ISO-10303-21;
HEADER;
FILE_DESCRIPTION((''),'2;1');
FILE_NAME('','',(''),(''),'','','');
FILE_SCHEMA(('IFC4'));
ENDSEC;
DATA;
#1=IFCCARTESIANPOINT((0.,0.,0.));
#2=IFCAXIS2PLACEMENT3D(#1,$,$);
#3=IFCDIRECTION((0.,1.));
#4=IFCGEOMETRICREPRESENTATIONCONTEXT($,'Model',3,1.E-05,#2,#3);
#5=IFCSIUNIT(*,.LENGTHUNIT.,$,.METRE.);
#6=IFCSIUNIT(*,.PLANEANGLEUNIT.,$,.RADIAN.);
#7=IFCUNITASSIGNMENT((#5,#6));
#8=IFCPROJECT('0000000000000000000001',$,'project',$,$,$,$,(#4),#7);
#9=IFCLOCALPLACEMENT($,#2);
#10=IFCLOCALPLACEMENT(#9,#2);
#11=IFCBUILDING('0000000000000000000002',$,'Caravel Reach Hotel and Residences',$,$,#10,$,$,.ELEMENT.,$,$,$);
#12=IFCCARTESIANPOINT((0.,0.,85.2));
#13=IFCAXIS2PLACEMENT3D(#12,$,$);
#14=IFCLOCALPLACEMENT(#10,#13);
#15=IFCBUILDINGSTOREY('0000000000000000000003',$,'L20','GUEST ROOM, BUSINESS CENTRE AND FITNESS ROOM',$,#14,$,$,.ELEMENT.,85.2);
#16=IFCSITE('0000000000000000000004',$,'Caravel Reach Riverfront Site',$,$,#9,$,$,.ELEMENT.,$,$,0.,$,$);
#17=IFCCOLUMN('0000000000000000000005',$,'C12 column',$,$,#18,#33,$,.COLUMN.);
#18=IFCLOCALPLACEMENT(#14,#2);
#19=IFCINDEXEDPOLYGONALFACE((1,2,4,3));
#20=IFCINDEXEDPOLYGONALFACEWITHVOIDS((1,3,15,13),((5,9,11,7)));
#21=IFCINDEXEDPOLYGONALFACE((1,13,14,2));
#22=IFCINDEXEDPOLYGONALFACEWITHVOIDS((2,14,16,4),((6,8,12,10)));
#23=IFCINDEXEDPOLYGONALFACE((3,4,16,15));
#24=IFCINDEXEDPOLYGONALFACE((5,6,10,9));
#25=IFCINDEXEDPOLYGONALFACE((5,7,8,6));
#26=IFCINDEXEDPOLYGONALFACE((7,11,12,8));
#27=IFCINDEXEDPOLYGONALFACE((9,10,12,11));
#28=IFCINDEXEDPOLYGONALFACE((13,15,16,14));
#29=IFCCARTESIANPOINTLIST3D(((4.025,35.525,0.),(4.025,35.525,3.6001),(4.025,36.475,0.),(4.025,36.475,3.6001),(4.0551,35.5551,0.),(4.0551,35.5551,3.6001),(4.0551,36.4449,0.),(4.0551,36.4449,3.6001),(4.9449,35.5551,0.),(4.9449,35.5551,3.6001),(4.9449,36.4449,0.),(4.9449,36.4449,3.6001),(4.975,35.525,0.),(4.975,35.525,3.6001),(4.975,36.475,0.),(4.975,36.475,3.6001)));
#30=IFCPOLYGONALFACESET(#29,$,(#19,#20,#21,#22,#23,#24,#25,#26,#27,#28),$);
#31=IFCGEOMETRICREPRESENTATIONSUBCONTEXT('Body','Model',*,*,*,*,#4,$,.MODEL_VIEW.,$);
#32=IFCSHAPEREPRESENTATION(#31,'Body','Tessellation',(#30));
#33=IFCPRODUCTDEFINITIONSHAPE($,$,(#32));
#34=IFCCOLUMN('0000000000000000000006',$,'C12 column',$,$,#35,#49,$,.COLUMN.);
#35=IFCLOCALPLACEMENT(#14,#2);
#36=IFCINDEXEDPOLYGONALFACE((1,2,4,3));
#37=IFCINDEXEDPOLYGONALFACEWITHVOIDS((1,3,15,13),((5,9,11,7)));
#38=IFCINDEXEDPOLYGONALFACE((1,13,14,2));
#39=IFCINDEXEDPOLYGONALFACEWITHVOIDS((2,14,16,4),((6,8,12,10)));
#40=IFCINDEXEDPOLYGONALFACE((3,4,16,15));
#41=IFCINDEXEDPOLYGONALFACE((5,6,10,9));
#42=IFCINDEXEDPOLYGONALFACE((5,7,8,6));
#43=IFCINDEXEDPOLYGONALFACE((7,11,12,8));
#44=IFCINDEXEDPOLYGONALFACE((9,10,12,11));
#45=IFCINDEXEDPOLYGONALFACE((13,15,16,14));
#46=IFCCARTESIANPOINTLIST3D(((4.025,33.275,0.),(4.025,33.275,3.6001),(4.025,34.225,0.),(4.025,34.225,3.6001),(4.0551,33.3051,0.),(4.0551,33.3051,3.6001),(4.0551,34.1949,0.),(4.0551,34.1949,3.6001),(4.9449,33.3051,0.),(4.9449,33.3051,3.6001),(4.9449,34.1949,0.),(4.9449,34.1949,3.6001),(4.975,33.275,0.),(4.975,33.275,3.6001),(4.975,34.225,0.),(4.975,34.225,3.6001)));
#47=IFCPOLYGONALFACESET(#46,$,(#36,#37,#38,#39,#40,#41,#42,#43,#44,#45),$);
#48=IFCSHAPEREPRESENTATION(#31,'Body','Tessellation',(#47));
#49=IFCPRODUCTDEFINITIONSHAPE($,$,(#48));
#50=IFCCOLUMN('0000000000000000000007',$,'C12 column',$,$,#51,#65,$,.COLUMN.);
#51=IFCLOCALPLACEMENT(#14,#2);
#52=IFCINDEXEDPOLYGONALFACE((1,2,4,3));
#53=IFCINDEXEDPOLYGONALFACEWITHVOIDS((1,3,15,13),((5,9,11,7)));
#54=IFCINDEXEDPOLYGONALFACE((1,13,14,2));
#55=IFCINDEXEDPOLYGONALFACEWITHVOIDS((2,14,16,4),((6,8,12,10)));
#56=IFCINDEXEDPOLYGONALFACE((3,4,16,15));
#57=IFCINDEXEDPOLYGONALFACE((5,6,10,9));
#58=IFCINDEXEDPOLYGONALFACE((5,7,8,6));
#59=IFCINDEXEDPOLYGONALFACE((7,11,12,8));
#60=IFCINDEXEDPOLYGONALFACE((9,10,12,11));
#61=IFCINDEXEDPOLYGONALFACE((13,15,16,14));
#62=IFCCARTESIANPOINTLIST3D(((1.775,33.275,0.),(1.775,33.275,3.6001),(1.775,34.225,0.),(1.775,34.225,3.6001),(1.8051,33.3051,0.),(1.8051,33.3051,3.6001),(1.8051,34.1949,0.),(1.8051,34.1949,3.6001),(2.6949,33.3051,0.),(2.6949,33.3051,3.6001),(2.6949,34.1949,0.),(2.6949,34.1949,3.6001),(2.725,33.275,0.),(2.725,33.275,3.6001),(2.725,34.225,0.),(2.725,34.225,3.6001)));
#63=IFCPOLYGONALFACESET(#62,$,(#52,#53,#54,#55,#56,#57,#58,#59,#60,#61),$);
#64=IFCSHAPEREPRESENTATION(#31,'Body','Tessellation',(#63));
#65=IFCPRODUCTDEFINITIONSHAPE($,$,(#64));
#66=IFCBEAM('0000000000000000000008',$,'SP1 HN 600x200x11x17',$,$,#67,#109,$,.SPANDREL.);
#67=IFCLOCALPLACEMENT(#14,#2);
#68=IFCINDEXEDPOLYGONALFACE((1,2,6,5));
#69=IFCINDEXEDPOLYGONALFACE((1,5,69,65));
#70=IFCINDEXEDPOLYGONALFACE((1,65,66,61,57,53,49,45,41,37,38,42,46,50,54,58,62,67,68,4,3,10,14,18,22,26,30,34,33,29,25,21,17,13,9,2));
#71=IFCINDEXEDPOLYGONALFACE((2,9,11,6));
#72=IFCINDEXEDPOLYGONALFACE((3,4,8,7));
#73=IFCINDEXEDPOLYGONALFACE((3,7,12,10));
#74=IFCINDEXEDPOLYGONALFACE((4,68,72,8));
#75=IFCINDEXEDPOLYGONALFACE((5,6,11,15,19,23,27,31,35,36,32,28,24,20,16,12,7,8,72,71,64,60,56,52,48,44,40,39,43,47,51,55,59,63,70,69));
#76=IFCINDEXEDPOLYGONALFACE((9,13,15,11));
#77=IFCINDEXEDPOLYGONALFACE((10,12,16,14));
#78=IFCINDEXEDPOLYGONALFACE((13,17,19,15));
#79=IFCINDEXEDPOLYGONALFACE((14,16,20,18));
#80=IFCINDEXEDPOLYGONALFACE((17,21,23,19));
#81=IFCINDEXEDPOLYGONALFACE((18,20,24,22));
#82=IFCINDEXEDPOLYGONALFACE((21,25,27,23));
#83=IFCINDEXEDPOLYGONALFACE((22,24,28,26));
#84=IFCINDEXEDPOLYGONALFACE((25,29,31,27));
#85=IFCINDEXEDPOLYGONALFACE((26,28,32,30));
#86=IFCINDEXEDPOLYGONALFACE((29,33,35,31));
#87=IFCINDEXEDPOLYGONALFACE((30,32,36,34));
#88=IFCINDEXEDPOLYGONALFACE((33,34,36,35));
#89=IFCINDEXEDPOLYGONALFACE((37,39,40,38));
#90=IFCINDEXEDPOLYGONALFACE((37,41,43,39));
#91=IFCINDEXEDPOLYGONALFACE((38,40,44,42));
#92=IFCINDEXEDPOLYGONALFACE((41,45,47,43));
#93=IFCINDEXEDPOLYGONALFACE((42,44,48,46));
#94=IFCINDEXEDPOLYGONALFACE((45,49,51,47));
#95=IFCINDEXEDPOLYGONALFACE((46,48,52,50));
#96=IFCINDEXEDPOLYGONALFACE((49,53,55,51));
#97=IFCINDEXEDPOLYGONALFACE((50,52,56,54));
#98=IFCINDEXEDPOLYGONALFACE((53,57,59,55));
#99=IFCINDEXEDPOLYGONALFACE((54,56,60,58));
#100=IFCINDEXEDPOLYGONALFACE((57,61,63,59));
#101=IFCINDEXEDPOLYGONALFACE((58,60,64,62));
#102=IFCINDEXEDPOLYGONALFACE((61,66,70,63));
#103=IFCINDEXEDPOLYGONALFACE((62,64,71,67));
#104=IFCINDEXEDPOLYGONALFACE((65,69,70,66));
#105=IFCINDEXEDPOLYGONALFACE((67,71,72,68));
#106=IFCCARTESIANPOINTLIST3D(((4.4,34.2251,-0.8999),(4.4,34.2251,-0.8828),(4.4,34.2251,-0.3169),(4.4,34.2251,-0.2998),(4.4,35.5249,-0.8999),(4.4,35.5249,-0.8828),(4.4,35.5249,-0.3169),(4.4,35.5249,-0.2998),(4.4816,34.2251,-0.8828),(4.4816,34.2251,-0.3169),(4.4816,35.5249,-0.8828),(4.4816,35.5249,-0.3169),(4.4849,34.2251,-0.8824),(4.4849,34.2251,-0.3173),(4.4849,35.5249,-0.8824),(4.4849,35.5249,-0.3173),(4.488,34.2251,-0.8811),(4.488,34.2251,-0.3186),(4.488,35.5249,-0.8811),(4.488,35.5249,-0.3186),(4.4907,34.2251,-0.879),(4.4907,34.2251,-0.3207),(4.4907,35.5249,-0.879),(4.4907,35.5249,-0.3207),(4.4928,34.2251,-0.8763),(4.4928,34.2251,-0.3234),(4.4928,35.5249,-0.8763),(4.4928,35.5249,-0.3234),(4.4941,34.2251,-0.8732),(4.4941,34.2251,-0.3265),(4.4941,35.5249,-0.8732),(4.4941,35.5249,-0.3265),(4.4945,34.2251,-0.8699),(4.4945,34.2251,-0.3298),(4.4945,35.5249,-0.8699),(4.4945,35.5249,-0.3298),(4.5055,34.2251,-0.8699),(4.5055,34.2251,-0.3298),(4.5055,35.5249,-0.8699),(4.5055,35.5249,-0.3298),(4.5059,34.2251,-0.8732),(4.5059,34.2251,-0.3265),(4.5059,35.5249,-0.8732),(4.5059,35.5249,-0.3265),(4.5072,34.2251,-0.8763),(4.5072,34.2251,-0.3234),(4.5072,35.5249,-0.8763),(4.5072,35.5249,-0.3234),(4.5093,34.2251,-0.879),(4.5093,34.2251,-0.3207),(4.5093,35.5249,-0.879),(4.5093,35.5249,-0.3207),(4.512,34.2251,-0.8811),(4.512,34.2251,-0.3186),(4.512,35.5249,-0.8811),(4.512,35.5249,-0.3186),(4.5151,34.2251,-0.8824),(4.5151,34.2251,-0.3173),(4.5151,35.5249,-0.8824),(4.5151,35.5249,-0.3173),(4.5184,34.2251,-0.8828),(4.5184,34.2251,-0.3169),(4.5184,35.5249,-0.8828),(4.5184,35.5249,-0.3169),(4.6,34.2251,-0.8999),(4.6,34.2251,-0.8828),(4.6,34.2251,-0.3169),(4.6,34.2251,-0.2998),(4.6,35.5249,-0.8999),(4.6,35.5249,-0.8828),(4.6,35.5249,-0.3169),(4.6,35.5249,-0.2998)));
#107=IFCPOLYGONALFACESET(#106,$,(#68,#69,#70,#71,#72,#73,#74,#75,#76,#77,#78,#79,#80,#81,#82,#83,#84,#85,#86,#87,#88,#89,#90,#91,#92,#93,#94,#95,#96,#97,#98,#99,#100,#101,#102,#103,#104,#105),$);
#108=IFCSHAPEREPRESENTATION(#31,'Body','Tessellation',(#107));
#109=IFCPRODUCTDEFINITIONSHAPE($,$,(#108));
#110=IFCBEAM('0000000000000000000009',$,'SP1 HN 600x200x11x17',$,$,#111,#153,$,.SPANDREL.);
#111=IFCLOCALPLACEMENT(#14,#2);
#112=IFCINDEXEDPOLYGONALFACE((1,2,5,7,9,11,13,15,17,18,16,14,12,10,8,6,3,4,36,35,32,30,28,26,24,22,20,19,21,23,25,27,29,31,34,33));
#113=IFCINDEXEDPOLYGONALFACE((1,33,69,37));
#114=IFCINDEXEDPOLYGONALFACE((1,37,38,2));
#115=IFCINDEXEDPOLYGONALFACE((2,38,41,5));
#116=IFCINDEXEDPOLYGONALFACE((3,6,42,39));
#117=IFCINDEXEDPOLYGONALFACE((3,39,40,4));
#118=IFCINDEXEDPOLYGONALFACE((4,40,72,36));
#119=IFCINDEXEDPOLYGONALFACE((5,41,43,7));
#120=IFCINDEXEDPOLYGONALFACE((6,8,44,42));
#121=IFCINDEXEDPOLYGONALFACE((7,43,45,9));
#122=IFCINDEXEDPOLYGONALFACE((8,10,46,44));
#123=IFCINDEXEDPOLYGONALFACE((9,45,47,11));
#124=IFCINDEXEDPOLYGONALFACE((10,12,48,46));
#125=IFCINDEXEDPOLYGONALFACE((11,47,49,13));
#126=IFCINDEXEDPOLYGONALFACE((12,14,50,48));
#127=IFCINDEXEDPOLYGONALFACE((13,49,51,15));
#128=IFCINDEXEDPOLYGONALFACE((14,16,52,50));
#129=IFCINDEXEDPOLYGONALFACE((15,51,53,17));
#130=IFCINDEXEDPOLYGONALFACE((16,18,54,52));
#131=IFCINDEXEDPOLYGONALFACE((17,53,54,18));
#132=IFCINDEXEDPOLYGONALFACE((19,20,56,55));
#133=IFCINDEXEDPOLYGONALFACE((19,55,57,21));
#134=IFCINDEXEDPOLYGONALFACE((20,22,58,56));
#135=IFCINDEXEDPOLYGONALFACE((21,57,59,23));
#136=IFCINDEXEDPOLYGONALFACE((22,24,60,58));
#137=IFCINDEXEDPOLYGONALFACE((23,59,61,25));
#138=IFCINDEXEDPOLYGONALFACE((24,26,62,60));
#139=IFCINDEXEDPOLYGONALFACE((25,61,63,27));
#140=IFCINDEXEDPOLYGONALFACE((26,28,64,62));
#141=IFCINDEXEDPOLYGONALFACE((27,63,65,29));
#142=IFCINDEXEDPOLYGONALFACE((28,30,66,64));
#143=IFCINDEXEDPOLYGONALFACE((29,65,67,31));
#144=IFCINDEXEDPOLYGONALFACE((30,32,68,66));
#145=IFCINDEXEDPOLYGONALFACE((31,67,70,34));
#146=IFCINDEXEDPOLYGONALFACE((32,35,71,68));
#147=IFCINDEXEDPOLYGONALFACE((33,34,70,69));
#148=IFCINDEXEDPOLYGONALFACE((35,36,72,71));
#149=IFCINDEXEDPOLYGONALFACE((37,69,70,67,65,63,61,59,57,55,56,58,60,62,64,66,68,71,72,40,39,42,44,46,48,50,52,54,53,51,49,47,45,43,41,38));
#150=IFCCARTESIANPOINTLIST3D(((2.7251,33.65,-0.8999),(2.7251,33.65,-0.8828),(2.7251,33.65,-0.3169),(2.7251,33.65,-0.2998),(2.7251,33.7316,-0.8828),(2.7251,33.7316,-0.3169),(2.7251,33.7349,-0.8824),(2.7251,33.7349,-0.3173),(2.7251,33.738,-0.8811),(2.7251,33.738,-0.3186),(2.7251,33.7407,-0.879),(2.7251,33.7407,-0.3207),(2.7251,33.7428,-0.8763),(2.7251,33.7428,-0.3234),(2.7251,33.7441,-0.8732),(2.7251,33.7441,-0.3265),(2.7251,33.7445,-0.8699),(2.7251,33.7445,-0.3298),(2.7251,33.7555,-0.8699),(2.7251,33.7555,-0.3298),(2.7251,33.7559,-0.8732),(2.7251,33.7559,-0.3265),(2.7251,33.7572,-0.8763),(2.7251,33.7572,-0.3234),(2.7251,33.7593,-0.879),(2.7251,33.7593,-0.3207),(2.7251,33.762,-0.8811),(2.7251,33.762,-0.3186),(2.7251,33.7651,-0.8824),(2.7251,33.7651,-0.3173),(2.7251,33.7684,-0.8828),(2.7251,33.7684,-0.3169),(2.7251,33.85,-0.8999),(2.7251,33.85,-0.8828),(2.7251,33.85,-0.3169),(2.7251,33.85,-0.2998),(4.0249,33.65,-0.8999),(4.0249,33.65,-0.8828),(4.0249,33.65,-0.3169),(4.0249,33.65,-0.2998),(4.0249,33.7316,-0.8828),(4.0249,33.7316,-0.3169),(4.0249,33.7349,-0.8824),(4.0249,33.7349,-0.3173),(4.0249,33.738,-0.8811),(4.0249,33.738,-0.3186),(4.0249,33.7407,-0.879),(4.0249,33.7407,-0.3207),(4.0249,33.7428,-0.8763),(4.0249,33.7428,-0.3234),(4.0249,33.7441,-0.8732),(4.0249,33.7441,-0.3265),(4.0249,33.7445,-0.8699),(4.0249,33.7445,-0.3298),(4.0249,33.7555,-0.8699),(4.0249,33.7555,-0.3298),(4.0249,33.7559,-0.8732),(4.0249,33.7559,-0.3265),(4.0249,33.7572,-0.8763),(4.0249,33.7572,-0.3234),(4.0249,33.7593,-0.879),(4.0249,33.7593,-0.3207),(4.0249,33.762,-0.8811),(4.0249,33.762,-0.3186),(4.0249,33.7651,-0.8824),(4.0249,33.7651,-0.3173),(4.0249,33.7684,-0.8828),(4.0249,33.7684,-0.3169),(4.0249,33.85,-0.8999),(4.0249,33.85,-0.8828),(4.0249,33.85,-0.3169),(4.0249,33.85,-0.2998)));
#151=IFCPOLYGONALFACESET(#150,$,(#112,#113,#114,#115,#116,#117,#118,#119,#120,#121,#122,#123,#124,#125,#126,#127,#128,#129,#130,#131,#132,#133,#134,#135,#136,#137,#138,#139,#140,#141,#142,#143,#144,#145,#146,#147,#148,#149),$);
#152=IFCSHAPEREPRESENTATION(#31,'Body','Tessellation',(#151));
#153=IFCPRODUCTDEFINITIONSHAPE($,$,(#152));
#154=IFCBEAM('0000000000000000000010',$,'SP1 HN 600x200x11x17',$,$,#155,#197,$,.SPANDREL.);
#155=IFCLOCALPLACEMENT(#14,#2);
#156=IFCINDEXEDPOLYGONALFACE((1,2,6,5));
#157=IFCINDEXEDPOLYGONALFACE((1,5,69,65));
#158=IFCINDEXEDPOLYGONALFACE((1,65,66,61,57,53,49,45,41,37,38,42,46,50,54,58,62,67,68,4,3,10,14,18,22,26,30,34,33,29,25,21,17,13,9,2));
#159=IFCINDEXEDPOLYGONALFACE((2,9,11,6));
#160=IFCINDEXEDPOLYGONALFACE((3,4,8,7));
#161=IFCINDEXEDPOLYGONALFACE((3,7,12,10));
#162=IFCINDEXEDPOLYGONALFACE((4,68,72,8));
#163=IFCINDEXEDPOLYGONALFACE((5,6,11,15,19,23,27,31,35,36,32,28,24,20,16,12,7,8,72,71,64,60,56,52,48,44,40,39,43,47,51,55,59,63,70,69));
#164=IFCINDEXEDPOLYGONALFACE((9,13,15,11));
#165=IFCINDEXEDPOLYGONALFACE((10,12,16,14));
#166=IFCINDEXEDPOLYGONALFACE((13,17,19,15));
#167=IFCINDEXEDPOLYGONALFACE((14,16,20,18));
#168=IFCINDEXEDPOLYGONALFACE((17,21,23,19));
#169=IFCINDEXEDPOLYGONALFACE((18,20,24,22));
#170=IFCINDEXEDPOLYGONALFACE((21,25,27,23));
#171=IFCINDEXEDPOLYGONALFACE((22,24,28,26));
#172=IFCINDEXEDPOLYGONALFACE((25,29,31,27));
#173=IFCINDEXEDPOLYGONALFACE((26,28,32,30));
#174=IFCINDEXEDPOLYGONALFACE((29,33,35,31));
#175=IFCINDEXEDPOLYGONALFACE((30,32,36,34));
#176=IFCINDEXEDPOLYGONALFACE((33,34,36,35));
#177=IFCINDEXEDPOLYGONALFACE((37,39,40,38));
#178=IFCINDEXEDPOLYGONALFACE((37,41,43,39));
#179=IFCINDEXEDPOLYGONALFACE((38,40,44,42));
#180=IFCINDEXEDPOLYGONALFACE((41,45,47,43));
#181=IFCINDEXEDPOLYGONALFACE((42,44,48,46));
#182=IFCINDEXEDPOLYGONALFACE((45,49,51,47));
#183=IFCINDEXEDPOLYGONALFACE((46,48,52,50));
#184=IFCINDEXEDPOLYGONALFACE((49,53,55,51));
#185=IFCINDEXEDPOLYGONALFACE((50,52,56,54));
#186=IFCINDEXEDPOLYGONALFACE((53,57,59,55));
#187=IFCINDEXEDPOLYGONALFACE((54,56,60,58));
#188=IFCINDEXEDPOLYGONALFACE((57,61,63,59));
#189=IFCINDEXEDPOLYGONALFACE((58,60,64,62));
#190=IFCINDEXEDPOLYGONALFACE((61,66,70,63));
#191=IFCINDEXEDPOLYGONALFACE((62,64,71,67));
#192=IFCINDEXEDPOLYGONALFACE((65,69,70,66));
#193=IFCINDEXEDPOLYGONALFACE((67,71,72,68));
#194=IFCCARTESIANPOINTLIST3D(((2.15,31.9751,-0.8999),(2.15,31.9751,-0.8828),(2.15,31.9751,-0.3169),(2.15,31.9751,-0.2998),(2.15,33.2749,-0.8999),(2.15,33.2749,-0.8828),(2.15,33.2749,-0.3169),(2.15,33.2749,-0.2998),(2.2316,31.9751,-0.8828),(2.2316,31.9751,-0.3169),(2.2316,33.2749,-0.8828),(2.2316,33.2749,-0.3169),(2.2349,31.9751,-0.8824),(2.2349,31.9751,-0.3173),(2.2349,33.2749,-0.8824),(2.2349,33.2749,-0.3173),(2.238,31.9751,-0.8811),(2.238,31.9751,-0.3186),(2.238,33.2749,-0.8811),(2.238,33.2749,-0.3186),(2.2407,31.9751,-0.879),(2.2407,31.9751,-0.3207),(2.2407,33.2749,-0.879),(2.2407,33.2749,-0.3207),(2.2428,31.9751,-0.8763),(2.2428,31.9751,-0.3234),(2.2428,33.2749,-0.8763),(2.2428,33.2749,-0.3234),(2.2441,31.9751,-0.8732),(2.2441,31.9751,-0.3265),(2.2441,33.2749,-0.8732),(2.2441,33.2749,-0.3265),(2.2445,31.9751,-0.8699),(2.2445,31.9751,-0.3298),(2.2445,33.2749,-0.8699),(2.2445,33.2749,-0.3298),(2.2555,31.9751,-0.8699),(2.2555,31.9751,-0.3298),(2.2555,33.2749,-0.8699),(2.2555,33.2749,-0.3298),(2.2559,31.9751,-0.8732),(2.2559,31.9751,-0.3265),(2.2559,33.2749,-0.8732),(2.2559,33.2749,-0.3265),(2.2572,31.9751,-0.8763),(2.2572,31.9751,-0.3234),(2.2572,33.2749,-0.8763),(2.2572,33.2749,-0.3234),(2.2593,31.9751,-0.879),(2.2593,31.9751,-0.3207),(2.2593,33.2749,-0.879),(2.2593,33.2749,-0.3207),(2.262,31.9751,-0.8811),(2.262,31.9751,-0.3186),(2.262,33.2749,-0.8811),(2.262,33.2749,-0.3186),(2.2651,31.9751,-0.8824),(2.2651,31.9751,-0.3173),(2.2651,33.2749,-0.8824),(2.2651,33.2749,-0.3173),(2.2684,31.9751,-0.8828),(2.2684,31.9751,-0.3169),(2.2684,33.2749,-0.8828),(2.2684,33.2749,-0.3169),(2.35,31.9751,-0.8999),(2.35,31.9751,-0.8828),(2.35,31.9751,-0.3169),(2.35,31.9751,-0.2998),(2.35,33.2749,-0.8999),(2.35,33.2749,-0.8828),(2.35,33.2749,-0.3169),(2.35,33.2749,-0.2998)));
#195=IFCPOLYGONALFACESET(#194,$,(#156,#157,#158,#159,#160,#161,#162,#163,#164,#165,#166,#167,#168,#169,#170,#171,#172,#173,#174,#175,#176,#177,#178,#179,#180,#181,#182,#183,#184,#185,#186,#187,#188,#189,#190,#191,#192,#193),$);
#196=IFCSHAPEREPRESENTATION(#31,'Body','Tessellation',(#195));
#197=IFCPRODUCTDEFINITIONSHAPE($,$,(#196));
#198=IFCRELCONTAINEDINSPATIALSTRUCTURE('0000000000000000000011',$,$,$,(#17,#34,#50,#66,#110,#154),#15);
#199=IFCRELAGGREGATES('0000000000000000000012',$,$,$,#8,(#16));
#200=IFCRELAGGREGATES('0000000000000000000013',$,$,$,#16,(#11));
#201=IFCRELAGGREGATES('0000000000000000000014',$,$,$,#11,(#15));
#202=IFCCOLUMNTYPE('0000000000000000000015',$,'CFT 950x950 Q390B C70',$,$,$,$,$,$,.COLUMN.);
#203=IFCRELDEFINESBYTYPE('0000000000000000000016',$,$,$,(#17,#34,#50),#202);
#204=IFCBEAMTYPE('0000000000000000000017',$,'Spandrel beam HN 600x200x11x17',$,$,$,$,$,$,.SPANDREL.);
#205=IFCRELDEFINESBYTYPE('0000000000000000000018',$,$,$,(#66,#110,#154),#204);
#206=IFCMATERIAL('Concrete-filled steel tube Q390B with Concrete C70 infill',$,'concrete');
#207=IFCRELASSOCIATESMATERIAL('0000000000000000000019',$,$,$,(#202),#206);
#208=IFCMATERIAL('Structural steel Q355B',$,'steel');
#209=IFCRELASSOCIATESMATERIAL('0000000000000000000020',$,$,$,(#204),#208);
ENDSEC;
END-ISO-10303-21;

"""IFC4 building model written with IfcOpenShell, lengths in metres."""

from ifc_helpers import new_model, si_unit, direction, frame, origin, origin_2d, place, context, subcontext, project, spatial, hollow_rectangle, i_section, extrude, material, material_profile, profile_set, type_object, element, save


model = new_model("IFC4")

# Units and contexts
model_context = context("Model", 3, precision=1e-05, world=origin(), true_north=direction((0.0, 1.0)))
body_context = subcontext(model_context, "Body", "Model", "MODEL_VIEW")
ifc_project = project(units=[si_unit("LENGTHUNIT", "METRE"), si_unit("PLANEANGLEUNIT", "RADIAN")], contexts=[model_context])

# Site, building, storey
site_placement = place(None, origin())
site = spatial("IfcSite", under=ifc_project, at=site_placement, Name="Caravel Reach Riverfront Site", CompositionType="ELEMENT", RefElevation=0.0)
building_placement = place(site_placement, origin())
building = spatial("IfcBuilding", under=site, at=building_placement, Name="Caravel Reach Hotel and Residences", CompositionType="ELEMENT")
storey_placement = place(building_placement, frame((0.0, 0.0, 85.2)))
storey = spatial("IfcBuildingStorey", under=building, at=storey_placement, Name="L20", Description="GUEST ROOM, BUSINESS CENTRE AND FITNESS ROOM", CompositionType="ELEMENT", Elevation=85.2)

# Columns
ifc_material_1 = material(Name="Concrete-filled steel tube Q390B with Concrete C70 infill", Category="concrete")
ifc_material_profile_1 = material_profile(ifc_material_1, hollow_rectangle(XDim=0.95, YDim=0.95, WallThickness=0.03, at=origin_2d()), Name="RHS 950x950x30")
ifc_profile_set_1 = profile_set([ifc_material_profile_1], Name="Concrete-filled steel tube Q390B with Concrete C70 infill")
column_type = type_object("IfcColumnType", Name="CFT 950x950 Q390B C70", PredefinedType="COLUMN", material=ifc_profile_set_1)
for number, where, z_axis, x_axis, name in (
    (1, (4.5, 36.0, 0.0), (0.0, 0.0, 1.0), (1.0, 0.0, 0.0), "C12 column"),
    (2, (4.5, 33.75, 0.0), (0.0, 0.0, 1.0), (1.0, 0.0, 0.0), "C12 column"),
    (3, (2.25, 33.75, 0.0), (0.0, 0.0, 1.0), (1.0, 0.0, 0.0), "C12 column"),
):
    element("IfcColumn", number, at=place(storey_placement, frame(where, z_axis=z_axis, x_axis=x_axis)), inside=storey, type_object=column_type, Name=name, PredefinedType="COLUMN", context=body_context, shape_type="SweptSolid", body=[
        extrude(hollow_rectangle(XDim=0.95, YDim=0.95, WallThickness=0.03, at=origin_2d()), origin(), (0.0, 0.0, 1.0), 3.6001),
    ])

# Beams
ifc_material_2 = material(Name="Structural steel Q355B", Category="steel")
ifc_material_profile_2 = material_profile(ifc_material_2, i_section(OverallWidth=0.2, OverallDepth=0.6001, WebThickness=0.011, FlangeThickness=0.0171, FilletRadius=0.0129, at=origin_2d()), Name="HN 600x200x11x17")
ifc_profile_set_2 = profile_set([ifc_material_profile_2], Name="Structural steel Q355B")
beam_type = type_object("IfcBeamType", Name="Spandrel beam HN 600x200x11x17", PredefinedType="SPANDREL", material=ifc_profile_set_2)
for number, where, z_axis, x_axis, name in (
    (4, (4.5, 35.5249, -0.5999), (0.0, -1.0, 0.0), (1.0, 0.0, 0.0), "SP1 HN 600x200x11x17"),
    (5, (4.0249, 33.75, -0.5999), (-1.0, 0.0, 0.0), (0.0, -1.0, 0.0), "SP1 HN 600x200x11x17"),
    (6, (2.25, 33.2749, -0.5999), (0.0, -1.0, 0.0), (1.0, 0.0, 0.0), "SP1 HN 600x200x11x17"),
):
    element("IfcBeam", number, at=place(storey_placement, frame(where, z_axis=z_axis, x_axis=x_axis)), inside=storey, type_object=beam_type, Name=name, PredefinedType="SPANDREL", context=body_context, shape_type="SweptSolid", body=[
        extrude(i_section(OverallWidth=0.2, OverallDepth=0.6001, WebThickness=0.011, FlangeThickness=0.0171, FilletRadius=0.0129, at=origin_2d()), origin(), (0.0, 0.0, 1.0), 1.2998),
    ])

save(model, "model.ifc")
